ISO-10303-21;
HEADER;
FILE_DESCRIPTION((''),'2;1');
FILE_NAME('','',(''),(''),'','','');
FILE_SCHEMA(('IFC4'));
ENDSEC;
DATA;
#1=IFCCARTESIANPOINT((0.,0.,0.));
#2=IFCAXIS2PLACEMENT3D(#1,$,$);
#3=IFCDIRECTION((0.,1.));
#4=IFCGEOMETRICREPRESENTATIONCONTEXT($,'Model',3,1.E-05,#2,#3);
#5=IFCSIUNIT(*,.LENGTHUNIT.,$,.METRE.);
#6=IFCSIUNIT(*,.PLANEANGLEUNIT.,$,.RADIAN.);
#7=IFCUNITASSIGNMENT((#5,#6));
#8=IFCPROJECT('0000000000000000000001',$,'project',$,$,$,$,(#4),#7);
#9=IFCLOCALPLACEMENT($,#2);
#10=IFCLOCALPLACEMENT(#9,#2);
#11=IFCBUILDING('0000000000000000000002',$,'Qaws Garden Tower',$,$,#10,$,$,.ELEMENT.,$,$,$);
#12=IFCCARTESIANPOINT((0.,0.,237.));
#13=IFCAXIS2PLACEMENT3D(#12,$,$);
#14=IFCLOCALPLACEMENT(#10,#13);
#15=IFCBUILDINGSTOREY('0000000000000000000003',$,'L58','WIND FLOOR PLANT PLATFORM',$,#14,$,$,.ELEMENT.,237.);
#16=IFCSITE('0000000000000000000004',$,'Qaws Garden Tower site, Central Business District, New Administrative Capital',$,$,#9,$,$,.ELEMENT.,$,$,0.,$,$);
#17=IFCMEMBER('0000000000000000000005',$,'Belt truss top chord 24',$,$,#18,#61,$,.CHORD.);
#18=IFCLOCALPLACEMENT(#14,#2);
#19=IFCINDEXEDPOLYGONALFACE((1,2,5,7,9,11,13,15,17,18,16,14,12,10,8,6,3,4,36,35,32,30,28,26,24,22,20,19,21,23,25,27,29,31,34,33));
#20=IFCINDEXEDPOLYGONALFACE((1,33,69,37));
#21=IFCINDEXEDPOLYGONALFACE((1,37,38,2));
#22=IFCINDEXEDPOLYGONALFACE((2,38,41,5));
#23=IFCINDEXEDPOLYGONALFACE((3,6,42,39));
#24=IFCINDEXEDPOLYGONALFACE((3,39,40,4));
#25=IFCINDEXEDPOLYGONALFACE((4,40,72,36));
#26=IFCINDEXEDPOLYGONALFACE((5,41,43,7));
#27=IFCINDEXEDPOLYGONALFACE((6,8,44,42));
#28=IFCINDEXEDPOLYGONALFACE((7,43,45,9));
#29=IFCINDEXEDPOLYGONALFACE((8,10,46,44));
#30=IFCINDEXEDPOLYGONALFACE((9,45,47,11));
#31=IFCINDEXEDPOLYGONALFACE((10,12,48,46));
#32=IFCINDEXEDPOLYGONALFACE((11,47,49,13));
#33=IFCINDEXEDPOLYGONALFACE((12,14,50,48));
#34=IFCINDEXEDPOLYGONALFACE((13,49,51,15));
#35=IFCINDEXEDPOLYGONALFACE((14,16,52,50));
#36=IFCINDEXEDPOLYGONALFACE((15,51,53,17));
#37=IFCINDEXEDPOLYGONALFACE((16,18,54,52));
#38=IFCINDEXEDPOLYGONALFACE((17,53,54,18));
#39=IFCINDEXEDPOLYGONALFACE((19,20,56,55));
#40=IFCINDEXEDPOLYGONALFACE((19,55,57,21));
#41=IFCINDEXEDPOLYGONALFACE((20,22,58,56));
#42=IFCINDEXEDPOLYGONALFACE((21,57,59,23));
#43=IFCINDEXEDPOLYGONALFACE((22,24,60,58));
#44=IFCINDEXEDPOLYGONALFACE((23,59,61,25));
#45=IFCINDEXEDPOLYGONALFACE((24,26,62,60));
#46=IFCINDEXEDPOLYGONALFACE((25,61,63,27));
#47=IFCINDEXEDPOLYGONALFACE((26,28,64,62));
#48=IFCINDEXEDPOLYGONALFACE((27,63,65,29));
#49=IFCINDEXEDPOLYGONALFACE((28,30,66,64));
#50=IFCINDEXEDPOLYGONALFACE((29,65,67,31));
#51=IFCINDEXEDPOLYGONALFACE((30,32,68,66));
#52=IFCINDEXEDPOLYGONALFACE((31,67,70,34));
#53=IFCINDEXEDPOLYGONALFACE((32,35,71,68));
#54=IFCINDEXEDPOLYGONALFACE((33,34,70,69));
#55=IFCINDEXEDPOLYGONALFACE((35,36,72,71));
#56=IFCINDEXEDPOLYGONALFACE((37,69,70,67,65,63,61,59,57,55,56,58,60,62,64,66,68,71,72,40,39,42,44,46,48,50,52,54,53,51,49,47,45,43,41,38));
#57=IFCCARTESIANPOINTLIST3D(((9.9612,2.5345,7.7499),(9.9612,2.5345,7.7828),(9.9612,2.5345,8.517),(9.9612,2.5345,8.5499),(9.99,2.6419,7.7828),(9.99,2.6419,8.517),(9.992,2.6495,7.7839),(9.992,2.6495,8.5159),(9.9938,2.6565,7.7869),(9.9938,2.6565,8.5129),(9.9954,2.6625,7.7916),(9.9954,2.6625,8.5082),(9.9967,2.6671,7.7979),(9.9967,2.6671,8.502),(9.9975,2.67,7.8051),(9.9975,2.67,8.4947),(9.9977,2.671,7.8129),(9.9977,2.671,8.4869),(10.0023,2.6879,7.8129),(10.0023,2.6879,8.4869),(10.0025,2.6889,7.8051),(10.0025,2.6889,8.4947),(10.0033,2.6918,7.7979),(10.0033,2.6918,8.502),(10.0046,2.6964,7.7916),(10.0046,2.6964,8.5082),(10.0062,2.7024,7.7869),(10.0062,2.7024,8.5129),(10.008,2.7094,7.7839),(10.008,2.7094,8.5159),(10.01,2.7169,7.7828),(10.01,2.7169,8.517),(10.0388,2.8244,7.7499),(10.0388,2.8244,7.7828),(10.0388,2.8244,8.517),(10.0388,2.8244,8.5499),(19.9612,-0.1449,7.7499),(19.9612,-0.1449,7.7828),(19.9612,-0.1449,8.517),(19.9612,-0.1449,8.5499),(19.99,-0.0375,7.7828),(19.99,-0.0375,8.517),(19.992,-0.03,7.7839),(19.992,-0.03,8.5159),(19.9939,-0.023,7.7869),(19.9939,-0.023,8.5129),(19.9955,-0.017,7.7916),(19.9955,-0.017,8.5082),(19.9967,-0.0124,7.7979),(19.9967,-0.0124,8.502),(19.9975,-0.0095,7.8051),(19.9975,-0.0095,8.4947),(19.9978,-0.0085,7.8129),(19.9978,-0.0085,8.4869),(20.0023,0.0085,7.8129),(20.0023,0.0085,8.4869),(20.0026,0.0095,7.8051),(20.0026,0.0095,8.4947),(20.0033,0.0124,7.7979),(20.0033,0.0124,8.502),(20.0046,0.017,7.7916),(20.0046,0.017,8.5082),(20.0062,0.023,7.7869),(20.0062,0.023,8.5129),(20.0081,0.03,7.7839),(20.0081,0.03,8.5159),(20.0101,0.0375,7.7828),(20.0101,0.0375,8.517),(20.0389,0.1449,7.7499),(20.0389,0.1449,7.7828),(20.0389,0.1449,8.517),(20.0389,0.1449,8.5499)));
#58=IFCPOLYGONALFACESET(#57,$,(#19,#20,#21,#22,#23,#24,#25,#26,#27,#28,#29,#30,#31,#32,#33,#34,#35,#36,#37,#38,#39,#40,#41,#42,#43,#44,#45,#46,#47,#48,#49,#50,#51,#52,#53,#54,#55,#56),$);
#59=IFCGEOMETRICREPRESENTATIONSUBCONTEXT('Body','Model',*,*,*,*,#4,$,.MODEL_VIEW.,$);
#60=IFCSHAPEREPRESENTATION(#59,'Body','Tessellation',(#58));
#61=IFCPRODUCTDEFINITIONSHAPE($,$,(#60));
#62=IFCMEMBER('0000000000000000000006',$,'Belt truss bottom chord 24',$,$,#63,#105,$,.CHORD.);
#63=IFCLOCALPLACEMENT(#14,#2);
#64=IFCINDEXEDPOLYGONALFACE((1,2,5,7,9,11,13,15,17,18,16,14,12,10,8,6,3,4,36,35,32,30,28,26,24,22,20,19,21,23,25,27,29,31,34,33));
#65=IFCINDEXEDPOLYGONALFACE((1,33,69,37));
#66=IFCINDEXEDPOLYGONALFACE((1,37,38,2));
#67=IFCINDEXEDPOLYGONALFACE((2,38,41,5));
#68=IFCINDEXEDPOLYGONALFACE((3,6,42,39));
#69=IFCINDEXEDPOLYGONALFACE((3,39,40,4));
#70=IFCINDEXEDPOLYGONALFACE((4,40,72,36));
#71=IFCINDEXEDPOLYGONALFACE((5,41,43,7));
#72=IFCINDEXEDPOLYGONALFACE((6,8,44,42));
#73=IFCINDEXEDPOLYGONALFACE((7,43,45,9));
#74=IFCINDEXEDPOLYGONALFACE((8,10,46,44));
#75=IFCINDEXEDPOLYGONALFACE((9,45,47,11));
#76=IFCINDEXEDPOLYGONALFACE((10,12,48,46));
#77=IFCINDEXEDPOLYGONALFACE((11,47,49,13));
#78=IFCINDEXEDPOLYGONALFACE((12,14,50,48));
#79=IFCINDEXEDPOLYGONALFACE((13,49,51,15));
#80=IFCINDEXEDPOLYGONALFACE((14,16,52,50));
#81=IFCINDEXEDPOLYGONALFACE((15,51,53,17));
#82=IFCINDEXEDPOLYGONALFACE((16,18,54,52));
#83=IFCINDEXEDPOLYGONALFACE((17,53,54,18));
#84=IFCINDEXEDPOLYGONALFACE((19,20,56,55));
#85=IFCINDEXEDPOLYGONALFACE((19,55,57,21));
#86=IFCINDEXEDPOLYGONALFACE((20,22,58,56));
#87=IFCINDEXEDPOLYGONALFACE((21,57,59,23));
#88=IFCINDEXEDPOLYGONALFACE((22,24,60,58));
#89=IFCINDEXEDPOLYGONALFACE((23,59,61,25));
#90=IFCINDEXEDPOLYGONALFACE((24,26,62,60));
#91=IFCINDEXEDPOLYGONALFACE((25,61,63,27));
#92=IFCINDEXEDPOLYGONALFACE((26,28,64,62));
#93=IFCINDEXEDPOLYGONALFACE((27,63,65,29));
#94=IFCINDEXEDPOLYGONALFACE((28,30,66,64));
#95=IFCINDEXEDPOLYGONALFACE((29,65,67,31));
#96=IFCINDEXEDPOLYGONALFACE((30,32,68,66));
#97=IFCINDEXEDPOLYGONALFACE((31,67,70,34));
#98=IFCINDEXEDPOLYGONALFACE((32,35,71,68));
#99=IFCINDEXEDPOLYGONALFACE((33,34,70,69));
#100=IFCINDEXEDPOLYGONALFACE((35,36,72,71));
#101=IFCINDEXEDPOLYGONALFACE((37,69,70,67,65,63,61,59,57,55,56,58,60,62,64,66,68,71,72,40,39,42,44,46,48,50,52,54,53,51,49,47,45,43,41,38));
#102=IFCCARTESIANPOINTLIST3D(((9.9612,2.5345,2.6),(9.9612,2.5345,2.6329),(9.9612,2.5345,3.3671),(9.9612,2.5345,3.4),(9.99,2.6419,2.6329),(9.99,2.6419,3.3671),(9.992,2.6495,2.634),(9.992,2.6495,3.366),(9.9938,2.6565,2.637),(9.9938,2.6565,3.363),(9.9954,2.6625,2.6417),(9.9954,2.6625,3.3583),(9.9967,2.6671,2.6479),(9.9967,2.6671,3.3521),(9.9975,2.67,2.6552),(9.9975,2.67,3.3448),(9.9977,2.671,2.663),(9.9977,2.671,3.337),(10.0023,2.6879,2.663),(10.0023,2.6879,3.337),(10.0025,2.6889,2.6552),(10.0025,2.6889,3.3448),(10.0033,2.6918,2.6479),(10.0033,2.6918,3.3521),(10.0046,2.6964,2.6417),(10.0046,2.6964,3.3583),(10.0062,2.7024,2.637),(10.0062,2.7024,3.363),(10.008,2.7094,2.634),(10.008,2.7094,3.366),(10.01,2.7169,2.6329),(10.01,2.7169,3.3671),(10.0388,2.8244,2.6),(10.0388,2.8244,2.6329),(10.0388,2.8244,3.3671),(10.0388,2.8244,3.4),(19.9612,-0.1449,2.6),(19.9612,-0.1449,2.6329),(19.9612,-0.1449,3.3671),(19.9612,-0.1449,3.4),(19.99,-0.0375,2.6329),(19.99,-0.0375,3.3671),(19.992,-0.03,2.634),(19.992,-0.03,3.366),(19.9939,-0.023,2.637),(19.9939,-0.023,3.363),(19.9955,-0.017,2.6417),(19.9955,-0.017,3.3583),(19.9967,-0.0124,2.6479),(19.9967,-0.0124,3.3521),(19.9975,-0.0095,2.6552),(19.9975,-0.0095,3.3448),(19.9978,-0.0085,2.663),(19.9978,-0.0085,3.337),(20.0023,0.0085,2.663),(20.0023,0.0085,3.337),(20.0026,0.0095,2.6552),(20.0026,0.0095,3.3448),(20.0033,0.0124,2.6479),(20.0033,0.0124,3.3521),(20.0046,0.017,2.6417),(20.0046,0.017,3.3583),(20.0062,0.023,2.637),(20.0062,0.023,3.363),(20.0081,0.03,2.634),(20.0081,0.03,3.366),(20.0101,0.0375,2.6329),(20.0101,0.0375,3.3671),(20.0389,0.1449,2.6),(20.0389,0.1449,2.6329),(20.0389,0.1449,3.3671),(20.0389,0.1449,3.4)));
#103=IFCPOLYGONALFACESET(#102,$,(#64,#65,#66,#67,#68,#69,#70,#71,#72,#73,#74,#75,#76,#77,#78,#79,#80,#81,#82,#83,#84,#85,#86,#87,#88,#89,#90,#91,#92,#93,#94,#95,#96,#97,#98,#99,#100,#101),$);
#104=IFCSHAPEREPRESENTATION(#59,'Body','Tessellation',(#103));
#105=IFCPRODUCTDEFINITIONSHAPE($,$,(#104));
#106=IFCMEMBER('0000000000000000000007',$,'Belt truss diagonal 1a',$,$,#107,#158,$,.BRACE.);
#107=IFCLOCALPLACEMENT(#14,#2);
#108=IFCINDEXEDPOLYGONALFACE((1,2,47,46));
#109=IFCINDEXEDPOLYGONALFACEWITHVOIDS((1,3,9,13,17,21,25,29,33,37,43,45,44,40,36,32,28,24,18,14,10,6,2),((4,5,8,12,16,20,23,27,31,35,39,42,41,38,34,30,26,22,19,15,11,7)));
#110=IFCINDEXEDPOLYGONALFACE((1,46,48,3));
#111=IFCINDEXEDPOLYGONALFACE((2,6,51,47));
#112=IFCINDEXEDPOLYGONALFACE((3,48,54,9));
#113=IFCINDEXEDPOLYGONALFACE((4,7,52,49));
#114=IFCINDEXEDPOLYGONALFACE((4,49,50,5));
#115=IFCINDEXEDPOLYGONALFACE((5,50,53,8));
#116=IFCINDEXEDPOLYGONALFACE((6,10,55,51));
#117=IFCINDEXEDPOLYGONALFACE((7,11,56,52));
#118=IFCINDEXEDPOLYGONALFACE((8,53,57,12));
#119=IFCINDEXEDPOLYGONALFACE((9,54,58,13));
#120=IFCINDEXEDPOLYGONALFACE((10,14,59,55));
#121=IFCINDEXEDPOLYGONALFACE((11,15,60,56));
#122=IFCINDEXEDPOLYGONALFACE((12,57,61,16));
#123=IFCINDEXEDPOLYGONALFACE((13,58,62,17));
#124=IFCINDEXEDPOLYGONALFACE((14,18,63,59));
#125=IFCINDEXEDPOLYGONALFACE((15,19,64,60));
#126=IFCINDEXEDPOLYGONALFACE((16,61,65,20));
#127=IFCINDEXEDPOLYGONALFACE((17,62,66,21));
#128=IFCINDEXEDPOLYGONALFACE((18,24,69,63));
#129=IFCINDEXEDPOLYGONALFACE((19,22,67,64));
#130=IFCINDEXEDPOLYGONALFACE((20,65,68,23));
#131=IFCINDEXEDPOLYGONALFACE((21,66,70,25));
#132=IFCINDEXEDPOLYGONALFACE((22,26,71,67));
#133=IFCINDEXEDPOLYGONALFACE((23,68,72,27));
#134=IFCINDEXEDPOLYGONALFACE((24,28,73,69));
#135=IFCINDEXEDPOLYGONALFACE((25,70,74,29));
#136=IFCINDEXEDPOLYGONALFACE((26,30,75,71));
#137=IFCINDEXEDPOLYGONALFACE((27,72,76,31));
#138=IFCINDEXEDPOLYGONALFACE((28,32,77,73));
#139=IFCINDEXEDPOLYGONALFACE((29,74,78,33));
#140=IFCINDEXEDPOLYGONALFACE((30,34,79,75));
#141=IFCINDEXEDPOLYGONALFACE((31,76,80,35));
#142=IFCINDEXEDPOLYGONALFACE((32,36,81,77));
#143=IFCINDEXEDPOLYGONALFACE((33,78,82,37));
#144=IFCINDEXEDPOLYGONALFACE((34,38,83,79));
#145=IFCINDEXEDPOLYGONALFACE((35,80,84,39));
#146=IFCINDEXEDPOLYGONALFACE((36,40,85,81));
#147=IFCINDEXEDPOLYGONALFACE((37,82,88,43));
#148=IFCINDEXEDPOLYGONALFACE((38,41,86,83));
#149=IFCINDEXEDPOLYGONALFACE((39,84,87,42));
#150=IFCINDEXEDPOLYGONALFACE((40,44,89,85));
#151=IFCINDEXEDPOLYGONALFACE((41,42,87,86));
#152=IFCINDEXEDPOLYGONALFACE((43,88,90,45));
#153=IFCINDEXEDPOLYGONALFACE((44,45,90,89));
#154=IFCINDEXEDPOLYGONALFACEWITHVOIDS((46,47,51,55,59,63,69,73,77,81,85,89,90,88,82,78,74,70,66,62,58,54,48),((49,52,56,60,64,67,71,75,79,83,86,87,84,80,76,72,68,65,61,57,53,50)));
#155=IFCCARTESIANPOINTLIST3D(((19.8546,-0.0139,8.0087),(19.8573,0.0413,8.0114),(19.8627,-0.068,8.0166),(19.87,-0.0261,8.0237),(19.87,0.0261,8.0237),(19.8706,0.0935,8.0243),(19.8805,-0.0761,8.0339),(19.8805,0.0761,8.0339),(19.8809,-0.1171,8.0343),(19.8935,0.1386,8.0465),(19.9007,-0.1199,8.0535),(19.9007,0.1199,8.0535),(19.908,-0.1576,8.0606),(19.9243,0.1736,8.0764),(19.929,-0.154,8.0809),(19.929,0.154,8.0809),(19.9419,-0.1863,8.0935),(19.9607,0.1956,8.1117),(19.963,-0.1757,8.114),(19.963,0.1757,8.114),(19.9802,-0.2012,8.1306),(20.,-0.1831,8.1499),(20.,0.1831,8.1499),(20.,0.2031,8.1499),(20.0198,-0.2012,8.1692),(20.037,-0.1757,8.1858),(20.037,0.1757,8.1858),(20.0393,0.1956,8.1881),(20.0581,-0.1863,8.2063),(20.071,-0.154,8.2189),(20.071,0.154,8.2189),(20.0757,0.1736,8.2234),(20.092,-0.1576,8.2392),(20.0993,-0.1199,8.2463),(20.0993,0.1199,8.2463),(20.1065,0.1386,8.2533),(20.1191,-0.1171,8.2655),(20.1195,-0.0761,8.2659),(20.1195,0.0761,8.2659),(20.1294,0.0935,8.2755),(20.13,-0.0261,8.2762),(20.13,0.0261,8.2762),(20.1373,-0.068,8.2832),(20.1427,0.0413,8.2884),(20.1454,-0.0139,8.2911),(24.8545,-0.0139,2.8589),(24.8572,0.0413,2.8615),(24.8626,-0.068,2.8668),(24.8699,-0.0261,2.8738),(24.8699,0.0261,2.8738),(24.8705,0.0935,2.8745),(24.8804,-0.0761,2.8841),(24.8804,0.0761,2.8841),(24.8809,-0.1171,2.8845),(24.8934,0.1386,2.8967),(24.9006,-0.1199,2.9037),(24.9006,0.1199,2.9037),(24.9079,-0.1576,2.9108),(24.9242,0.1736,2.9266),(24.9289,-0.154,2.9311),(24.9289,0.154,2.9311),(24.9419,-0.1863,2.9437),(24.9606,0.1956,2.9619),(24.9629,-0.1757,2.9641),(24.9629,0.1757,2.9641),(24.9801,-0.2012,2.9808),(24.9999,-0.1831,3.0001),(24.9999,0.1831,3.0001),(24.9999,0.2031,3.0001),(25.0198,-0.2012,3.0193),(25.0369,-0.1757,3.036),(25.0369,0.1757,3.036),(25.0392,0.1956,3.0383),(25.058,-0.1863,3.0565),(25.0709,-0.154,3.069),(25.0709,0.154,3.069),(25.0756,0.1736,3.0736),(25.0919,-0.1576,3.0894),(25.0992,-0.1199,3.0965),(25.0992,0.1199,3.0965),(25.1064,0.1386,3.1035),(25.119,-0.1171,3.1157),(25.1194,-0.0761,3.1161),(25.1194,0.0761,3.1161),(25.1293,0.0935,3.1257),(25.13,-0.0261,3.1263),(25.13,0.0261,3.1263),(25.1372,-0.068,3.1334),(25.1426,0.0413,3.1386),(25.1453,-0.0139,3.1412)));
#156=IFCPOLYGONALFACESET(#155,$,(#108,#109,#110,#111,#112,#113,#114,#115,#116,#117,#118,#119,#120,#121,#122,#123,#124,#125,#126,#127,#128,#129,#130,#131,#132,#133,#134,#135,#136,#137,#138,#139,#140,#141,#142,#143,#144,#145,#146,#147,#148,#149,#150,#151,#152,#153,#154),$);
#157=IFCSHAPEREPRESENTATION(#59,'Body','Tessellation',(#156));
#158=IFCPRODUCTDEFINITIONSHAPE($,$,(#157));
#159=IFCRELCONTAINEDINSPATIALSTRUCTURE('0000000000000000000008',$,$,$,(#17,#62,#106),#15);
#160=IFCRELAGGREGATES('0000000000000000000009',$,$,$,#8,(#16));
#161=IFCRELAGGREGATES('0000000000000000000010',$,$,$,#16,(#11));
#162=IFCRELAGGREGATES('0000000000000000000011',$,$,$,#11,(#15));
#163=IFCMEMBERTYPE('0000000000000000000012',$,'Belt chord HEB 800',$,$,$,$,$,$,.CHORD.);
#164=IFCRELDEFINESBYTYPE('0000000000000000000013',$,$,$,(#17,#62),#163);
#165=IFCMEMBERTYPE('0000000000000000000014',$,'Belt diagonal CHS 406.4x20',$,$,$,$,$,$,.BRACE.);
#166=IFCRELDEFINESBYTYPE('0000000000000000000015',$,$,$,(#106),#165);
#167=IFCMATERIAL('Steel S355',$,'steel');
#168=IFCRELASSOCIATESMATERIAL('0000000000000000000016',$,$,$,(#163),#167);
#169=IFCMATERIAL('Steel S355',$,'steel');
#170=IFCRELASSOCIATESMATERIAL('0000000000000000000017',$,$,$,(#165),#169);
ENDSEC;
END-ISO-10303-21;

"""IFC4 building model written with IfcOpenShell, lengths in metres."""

from ifc_helpers import new_model, si_unit, direction, frame, origin, origin_2d, place, context, subcontext, project, spatial, hollow_circle, i_section, extrude, material, material_profile, profile_set, type_object, element, save


model = new_model("IFC4")

# Units and contexts
model_context = context("Model", 3, precision=1e-05, world=origin(), true_north=direction((0.0, 1.0)))
body_context = subcontext(model_context, "Body", "Model", "MODEL_VIEW")
ifc_project = project(units=[si_unit("LENGTHUNIT", "METRE"), si_unit("PLANEANGLEUNIT", "RADIAN")], contexts=[model_context])

# Site, building, storey
site_placement = place(None, origin())
site = spatial("IfcSite", under=ifc_project, at=site_placement, Name="Qaws Garden Tower site, Central Business District, New Administrative Capital", CompositionType="ELEMENT", RefElevation=0.0)
building_placement = place(site_placement, origin())
building = spatial("IfcBuilding", under=site, at=building_placement, Name="Qaws Garden Tower", CompositionType="ELEMENT")
storey_placement = place(building_placement, frame((0.0, 0.0, 237.0)))
storey = spatial("IfcBuildingStorey", under=building, at=storey_placement, Name="L58", Description="WIND FLOOR PLANT PLATFORM", CompositionType="ELEMENT", Elevation=237.0)

# Members
ifc_material_1 = material(Name="Steel S355", Category="steel")
ifc_material_profile_1 = material_profile(ifc_material_1, i_section(OverallWidth=0.3, OverallDepth=0.8, WebThickness=0.0176, FlangeThickness=0.033, FilletRadius=0.03, at=origin_2d()), Name="HEB 800")
ifc_profile_set_1 = profile_set([ifc_material_profile_1], Name="Steel S355")
member_type_1 = type_object("IfcMemberType", Name="Belt chord HEB 800", PredefinedType="CHORD", material=ifc_profile_set_1)
for number, where, z_axis, x_axis, name in (
    (1, (10.0, 2.6794, 8.1499), (0.965927, -0.258815, 0.0), (0.258815, 0.965927, 0.0), "Belt truss top chord 24"),
    (2, (10.0, 2.6794, 3.0), (0.965927, -0.258815, 0.0), (0.258815, 0.965927, 0.0), "Belt truss bottom chord 24"),
):
    element("IfcMember", number, at=place(storey_placement, frame(where, z_axis=z_axis, x_axis=x_axis)), inside=storey, type_object=member_type_1, Name=name, PredefinedType="CHORD", context=body_context, shape_type="SweptSolid", body=[
        extrude(i_section(OverallWidth=0.3, OverallDepth=0.8, WebThickness=0.0176, FlangeThickness=0.033, FilletRadius=0.03, at=origin_2d()), origin(), (0.0, 0.0, 1.0), 10.3528),
    ])
ifc_material_2 = material(Name="Steel S355", Category="steel")
ifc_material_profile_2 = material_profile(ifc_material_2, hollow_circle(Radius=0.2031, WallThickness=0.02, at=origin_2d()), Name="CHS 406.4x20")
ifc_profile_set_2 = profile_set([ifc_material_profile_2], Name="Steel S355")
member_type_2 = type_object("IfcMemberType", Name="Belt diagonal CHS 406.4x20", PredefinedType="BRACE", material=ifc_profile_set_2)
member_1_placement = place(storey_placement, frame((20.0, 0.0, 8.1499), z_axis=(0.696588, 0.0, -0.717472), x_axis=(0.0, 1.0, 0.0)))
element("IfcMember", 3, at=member_1_placement, inside=storey, type_object=member_type_2, Name="Belt truss diagonal 1a", PredefinedType="BRACE", context=body_context, shape_type="SweptSolid", body=[
    extrude(hollow_circle(Radius=0.2031, WallThickness=0.02, at=origin_2d()), origin(), (0.0, 0.0, 1.0), 7.1777),
])

save(model, "model.ifc")
